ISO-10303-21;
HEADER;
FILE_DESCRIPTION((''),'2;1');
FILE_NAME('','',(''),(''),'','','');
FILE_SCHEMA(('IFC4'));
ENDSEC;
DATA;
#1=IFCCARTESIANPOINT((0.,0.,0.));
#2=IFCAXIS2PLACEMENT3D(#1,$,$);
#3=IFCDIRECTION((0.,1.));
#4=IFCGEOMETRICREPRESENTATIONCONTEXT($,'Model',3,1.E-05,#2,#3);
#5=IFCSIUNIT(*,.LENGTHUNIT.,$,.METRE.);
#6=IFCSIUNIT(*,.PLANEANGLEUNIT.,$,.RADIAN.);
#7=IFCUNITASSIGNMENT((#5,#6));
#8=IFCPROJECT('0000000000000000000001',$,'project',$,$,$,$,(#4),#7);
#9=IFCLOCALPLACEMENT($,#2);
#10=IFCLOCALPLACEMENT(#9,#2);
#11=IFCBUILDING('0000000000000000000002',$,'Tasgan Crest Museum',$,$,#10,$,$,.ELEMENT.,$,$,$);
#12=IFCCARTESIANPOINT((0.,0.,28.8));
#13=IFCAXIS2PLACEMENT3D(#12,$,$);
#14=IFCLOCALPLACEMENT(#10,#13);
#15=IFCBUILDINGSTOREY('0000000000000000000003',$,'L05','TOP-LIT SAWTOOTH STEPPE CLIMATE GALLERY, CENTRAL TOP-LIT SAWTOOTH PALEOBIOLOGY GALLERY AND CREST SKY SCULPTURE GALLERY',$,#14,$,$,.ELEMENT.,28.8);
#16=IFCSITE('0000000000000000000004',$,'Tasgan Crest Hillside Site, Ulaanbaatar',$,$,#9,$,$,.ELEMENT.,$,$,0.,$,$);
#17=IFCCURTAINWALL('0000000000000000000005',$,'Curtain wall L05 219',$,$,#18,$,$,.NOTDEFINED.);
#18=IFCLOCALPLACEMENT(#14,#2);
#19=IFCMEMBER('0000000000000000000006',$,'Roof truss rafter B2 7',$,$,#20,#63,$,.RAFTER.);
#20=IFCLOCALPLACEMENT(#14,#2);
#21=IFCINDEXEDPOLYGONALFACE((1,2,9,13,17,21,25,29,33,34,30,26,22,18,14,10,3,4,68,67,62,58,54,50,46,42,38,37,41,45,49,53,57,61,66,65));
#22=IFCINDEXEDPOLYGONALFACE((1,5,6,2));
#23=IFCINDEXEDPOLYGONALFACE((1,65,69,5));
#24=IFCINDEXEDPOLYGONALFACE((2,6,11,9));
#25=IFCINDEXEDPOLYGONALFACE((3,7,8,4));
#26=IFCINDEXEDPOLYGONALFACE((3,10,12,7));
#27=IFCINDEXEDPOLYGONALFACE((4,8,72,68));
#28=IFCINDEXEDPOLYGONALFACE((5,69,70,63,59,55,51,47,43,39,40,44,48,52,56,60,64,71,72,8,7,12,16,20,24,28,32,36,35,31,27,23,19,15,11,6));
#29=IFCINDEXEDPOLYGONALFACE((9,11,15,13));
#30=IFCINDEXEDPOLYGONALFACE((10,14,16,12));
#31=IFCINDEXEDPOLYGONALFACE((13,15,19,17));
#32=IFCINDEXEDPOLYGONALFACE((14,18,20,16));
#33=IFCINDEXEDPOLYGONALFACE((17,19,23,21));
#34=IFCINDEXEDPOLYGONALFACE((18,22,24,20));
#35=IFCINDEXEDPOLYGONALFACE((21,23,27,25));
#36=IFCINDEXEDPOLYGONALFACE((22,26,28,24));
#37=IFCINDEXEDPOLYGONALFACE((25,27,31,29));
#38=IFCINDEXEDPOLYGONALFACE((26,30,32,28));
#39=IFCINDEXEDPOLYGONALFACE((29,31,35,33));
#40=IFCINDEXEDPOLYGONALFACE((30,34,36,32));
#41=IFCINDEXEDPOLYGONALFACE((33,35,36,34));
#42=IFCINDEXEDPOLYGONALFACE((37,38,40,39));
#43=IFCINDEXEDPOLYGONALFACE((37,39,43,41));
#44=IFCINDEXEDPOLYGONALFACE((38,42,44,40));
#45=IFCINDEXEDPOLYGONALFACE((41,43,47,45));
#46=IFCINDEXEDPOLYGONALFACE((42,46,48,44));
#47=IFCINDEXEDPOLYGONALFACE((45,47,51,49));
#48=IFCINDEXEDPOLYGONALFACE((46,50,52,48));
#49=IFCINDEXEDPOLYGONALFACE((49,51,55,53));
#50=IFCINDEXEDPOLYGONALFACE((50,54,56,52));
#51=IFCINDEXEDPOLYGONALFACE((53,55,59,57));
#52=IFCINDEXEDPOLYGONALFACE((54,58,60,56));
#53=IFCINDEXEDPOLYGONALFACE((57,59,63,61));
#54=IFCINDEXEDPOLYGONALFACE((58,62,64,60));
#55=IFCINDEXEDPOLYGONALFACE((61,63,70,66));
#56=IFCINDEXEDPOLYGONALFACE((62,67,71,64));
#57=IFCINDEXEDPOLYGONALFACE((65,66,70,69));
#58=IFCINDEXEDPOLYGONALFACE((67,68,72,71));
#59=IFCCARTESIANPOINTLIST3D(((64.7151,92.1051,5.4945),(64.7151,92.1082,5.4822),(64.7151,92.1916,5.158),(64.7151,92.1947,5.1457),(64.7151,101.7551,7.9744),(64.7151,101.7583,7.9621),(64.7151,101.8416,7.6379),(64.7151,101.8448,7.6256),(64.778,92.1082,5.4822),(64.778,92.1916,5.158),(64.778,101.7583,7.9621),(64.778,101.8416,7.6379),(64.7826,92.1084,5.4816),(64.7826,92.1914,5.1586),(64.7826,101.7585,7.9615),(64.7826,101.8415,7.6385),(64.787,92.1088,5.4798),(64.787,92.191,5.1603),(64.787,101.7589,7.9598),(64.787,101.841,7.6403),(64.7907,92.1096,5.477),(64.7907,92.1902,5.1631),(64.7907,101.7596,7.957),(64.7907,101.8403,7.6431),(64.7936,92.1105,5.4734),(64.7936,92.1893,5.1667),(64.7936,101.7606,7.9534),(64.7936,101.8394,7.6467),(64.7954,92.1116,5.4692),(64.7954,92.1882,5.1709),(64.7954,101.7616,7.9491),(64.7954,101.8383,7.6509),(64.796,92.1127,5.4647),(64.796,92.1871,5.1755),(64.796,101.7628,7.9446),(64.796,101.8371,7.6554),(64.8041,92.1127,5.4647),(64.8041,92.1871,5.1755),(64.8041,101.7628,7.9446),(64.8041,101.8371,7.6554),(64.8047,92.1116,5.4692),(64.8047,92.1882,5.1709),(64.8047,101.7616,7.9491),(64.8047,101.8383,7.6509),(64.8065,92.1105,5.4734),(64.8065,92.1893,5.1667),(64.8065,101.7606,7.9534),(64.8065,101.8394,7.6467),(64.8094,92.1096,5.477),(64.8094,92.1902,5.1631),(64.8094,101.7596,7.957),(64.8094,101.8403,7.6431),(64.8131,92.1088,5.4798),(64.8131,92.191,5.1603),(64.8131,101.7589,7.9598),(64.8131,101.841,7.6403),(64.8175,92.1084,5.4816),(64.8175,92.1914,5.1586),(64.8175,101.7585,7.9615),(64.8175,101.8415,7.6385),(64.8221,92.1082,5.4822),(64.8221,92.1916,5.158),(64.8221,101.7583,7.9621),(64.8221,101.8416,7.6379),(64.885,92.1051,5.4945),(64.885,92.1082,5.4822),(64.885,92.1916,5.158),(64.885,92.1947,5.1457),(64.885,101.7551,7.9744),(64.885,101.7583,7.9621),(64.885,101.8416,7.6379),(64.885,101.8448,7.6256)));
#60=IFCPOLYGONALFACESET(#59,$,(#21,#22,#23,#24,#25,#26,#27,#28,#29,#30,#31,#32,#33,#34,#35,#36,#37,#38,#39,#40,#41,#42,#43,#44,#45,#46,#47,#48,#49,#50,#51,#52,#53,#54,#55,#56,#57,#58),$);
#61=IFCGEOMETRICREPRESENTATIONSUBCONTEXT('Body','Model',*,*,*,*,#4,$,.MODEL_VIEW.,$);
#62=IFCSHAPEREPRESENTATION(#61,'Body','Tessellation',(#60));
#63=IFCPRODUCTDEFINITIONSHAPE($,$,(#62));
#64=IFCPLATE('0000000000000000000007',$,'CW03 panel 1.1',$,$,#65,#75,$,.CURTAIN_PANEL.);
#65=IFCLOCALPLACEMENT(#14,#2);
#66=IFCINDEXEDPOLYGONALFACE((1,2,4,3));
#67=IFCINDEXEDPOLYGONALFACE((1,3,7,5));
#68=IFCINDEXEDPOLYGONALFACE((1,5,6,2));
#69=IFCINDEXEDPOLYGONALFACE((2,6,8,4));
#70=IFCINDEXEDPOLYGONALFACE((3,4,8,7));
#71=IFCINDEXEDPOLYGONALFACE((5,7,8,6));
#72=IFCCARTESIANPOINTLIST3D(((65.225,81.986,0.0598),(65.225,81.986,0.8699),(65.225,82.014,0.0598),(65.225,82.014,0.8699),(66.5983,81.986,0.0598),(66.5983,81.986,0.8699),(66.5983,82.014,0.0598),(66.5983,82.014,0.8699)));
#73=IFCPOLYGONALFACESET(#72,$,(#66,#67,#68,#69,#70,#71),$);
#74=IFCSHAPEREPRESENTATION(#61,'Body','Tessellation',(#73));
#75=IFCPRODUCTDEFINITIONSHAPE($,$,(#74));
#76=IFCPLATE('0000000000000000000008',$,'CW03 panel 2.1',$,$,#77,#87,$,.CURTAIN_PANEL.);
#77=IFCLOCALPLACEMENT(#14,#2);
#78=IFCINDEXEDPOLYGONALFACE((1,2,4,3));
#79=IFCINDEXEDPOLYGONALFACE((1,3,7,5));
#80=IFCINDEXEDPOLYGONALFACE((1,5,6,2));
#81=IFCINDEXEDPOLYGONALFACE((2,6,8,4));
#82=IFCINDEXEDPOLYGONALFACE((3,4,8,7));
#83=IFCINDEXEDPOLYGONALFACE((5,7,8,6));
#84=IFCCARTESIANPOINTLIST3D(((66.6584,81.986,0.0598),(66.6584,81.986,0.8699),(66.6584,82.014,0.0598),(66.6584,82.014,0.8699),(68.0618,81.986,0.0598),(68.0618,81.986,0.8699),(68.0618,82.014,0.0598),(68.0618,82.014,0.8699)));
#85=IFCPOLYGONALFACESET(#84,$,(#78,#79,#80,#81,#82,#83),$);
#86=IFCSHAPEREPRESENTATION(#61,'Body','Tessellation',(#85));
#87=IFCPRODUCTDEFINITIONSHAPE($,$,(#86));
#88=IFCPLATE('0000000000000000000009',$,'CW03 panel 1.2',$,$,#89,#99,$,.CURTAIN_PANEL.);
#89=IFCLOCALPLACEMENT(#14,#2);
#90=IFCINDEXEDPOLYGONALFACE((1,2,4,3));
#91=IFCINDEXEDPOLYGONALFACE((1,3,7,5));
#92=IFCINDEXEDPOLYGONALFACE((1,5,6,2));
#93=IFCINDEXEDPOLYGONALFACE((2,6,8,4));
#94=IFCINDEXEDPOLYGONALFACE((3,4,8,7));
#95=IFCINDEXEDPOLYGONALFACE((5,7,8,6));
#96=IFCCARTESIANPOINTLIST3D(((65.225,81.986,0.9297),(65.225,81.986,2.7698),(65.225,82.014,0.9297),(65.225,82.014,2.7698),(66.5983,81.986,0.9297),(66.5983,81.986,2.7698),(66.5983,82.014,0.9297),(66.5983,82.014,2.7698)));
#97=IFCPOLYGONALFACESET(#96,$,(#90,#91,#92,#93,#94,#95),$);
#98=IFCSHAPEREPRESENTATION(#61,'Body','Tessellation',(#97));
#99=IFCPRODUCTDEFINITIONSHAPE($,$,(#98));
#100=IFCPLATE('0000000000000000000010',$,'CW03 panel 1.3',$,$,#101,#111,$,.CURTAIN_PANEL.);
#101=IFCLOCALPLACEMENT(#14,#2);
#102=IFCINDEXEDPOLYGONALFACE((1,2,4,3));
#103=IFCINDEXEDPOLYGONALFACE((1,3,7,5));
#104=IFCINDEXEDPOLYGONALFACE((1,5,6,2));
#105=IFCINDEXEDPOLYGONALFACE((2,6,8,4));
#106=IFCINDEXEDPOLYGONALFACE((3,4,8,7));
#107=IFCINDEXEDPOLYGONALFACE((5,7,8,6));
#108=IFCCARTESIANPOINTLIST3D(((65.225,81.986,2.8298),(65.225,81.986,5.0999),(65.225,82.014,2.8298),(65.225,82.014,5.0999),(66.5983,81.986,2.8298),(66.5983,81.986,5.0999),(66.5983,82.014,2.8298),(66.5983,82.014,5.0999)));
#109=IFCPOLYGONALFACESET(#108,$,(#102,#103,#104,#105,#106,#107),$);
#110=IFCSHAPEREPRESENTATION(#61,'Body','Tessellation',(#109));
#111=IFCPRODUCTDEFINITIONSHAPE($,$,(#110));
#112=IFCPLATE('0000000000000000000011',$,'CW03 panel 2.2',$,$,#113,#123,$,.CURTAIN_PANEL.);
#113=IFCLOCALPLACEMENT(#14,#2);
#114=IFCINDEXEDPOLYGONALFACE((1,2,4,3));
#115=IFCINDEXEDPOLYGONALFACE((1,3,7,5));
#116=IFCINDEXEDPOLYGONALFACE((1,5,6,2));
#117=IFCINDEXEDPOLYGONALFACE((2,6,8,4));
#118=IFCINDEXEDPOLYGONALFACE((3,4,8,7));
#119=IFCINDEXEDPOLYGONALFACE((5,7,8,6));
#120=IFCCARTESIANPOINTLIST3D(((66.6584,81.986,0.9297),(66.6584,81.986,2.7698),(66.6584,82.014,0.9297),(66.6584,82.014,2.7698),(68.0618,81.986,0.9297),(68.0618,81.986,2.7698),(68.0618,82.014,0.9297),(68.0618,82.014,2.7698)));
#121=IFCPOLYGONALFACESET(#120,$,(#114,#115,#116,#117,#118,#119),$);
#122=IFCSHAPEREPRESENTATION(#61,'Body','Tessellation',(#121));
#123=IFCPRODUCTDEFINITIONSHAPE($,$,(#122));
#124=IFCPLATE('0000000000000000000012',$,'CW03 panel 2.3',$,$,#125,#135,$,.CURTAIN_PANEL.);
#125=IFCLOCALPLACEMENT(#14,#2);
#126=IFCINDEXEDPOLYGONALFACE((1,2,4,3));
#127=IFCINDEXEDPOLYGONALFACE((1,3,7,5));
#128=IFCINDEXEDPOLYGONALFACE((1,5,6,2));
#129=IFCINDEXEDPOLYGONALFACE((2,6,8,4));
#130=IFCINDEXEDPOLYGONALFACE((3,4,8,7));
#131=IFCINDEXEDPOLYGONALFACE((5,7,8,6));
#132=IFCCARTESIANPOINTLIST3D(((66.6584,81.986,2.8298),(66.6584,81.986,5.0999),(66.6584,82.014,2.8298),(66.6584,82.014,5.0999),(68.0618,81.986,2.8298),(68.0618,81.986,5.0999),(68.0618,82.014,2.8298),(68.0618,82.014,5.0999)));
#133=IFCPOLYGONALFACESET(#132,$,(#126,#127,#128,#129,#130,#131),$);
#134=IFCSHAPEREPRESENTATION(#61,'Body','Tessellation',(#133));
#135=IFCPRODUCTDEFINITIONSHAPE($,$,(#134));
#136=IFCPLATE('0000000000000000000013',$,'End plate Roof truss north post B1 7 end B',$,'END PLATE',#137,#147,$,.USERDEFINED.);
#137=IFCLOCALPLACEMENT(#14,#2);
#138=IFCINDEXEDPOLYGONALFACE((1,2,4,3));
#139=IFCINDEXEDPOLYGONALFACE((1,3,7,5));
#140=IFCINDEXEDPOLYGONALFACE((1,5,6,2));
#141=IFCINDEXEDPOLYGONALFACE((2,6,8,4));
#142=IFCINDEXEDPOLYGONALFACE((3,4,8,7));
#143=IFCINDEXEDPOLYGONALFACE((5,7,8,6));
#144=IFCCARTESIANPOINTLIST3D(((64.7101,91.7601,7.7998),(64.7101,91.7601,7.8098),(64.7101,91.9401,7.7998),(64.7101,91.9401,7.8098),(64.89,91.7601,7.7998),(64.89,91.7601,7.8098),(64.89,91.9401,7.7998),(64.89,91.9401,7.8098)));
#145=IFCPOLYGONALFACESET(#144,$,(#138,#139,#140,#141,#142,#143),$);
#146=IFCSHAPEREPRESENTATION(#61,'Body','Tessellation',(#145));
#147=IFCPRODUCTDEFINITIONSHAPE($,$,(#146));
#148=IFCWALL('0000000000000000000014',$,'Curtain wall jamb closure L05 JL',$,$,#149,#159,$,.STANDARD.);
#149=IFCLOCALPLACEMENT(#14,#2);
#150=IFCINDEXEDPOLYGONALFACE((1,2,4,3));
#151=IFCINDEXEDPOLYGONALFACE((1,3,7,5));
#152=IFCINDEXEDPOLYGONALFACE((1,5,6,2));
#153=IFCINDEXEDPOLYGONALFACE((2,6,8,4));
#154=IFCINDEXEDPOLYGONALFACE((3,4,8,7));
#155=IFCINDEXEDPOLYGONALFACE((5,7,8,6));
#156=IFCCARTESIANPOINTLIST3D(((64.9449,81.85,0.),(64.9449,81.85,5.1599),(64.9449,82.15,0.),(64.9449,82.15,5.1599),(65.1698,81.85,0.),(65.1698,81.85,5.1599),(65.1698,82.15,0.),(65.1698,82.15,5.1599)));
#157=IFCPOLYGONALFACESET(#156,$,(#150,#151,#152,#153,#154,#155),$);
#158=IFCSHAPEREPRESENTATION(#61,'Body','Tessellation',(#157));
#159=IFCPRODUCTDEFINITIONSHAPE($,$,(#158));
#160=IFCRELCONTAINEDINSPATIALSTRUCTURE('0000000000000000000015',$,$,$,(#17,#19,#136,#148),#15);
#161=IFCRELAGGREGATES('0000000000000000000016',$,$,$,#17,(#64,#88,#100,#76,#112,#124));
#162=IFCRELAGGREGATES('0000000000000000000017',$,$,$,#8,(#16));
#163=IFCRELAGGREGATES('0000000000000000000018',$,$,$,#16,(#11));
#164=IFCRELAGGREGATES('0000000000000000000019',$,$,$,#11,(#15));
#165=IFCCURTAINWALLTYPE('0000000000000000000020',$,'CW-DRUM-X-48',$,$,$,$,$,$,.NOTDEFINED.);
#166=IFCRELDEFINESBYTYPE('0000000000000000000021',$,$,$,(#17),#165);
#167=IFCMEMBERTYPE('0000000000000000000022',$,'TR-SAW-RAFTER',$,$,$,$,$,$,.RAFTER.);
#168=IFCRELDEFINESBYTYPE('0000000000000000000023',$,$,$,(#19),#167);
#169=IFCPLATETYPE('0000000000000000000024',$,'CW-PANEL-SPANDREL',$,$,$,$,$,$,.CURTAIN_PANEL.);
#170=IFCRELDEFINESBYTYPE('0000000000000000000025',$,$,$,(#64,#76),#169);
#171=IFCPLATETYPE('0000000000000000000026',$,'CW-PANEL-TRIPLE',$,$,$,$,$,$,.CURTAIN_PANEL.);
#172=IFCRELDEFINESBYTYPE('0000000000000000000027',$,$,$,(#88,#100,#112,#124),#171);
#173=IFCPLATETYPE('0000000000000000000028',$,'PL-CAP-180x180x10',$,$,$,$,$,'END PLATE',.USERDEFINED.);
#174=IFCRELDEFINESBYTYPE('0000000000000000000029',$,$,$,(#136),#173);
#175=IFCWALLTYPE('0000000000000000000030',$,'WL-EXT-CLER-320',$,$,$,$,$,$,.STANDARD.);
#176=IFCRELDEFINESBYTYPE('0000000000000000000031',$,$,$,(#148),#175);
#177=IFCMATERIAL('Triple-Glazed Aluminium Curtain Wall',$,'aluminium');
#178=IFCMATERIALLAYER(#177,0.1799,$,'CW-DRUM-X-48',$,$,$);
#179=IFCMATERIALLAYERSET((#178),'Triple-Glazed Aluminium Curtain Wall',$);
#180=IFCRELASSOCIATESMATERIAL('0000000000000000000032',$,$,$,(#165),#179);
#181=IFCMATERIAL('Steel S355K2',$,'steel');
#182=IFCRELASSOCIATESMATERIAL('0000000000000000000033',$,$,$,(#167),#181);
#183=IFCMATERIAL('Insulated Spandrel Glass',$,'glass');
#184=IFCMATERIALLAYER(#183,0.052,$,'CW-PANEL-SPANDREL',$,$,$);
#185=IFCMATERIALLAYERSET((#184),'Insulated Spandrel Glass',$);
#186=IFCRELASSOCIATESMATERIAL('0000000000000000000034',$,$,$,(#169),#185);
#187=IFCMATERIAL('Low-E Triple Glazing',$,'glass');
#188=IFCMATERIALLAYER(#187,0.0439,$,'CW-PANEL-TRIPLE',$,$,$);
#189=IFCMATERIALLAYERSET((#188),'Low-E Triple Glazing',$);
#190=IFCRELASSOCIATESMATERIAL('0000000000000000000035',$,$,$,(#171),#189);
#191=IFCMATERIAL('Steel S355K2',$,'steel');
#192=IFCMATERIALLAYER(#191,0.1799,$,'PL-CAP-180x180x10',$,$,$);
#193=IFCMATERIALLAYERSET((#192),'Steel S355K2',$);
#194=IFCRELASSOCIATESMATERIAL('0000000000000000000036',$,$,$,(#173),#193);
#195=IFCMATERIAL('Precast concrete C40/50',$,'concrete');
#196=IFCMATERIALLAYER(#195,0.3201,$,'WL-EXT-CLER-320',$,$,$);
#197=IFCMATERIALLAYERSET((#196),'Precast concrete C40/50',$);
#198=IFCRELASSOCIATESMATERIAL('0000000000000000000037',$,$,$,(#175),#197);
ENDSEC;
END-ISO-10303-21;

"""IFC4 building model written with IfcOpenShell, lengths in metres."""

from ifc_helpers import new_model, si_unit, direction, frame, frame_2d, origin, origin_2d, place, context, subcontext, project, spatial, rectangle, i_section, extrude, material, layer, layer_set, material_profile, profile_set, type_object, element, aggregate, save


model = new_model("IFC4")

# Units and contexts
model_context = context("Model", 3, precision=1e-05, world=origin(), true_north=direction((0.0, 1.0)))
body_context = subcontext(model_context, "Body", "Model", "MODEL_VIEW")
ifc_project = project(units=[si_unit("LENGTHUNIT", "METRE"), si_unit("PLANEANGLEUNIT", "RADIAN")], contexts=[model_context])

# Site, building, storey
site_placement = place(None, origin())
site = spatial("IfcSite", under=ifc_project, at=site_placement, Name="Tasgan Crest Hillside Site, Ulaanbaatar", CompositionType="ELEMENT", RefElevation=0.0)
building_placement = place(site_placement, origin())
building = spatial("IfcBuilding", under=site, at=building_placement, Name="Tasgan Crest Museum", CompositionType="ELEMENT")
storey_placement = place(building_placement, frame((0.0, 0.0, 28.8)))
storey = spatial("IfcBuildingStorey", under=building, at=storey_placement, Name="L05", Description="TOP-LIT SAWTOOTH STEPPE CLIMATE GALLERY, CENTRAL TOP-LIT SAWTOOTH PALEOBIOLOGY GALLERY AND CREST SKY SCULPTURE GALLERY", CompositionType="ELEMENT", Elevation=28.8)

# Curtain wall
ifc_material_1 = material(Name="Triple-Glazed Aluminium Curtain Wall", Category="aluminium")
ifc_layer_1 = layer(ifc_material_1, 0.1799, Name="CW-DRUM-X-48")
ifc_layer_set_1 = layer_set([ifc_layer_1], Name="Triple-Glazed Aluminium Curtain Wall")
curtain_wall_type = type_object("IfcCurtainWallType", Name="CW-DRUM-X-48", PredefinedType="NOTDEFINED", material=ifc_layer_set_1)
curtain_wall_placement = place(storey_placement, origin())
curtain_wall = element("IfcCurtainWall", 1, at=curtain_wall_placement, inside=storey, type_object=curtain_wall_type, Name="Curtain wall L05 219", PredefinedType="NOTDEFINED")

# Member
ifc_material_2 = material(Name="Steel S355K2", Category="steel")
ifc_material_profile_1 = material_profile(ifc_material_2, i_section(OverallWidth=0.1699, OverallDepth=0.3601, WebThickness=0.0081, FlangeThickness=0.0127, FilletRadius=0.0181, at=origin_2d()), Name="IPE 360")
ifc_profile_set_1 = profile_set([ifc_material_profile_1], Name="Steel S355K2")
member_type_1 = type_object("IfcMemberType", Name="TR-SAW-RAFTER", PredefinedType="RAFTER", material=ifc_profile_set_1)
member_1_placement = place(storey_placement, frame((64.8, 92.1499, 5.3201), z_axis=(0.0, 0.968529, 0.248901), x_axis=(-1.0, 0.0, 0.0)))
element("IfcMember", 2, at=member_1_placement, inside=storey, type_object=member_type_1, Name="Roof truss rafter B2 7", PredefinedType="RAFTER", context=body_context, shape_type="SweptSolid", body=[
    extrude(i_section(OverallWidth=0.1699, OverallDepth=0.3601, WebThickness=0.0081, FlangeThickness=0.0127, FilletRadius=0.0181, at=origin_2d()), origin(), (0.0, 0.0, 1.0), 9.9636),
])

# Plates
ifc_material_3 = material(Name="Insulated Spandrel Glass", Category="glass")
ifc_layer_2 = layer(ifc_material_3, 0.052, Name="CW-PANEL-SPANDREL")
ifc_layer_set_2 = layer_set([ifc_layer_2], Name="Insulated Spandrel Glass")
plate_type_1 = type_object("IfcPlateType", Name="CW-PANEL-SPANDREL", PredefinedType="CURTAIN_PANEL", material=ifc_layer_set_2)
plate_1_placement = place(storey_placement, frame((65.9116, 82.0, 0.0598), z_axis=(0.0, 0.0, 1.0), x_axis=(1.0, 0.0, 0.0)))
plate_1 = element("IfcPlate", 3, at=plate_1_placement, type_object=plate_type_1, Name="CW03 panel 1.1", PredefinedType="CURTAIN_PANEL", context=body_context, shape_type="SweptSolid", body=[
    extrude(rectangle(XDim=1.3733, YDim=0.0281, at=origin_2d()), origin(), (0.0, 0.0, 1.0), 0.8101),
])
plate_2_placement = place(storey_placement, frame((67.3601, 82.0, 0.0598), z_axis=(0.0, 0.0, 1.0), x_axis=(1.0, 0.0, 0.0)))
plate_2 = element("IfcPlate", 4, at=plate_2_placement, type_object=plate_type_1, Name="CW03 panel 2.1", PredefinedType="CURTAIN_PANEL", context=body_context, shape_type="SweptSolid", body=[
    extrude(rectangle(XDim=1.4033, YDim=0.0281, at=origin_2d()), origin(), (0.0, 0.0, 1.0), 0.8101),
])
ifc_material_4 = material(Name="Low-E Triple Glazing", Category="glass")
ifc_layer_3 = layer(ifc_material_4, 0.0439, Name="CW-PANEL-TRIPLE")
ifc_layer_set_3 = layer_set([ifc_layer_3], Name="Low-E Triple Glazing")
plate_type_2 = type_object("IfcPlateType", Name="CW-PANEL-TRIPLE", PredefinedType="CURTAIN_PANEL", material=ifc_layer_set_3)
plate_3_placement = place(storey_placement, frame((65.9116, 82.0, 0.9297), z_axis=(0.0, 0.0, 1.0), x_axis=(1.0, 0.0, 0.0)))
plate_3 = element("IfcPlate", 5, at=plate_3_placement, type_object=plate_type_2, Name="CW03 panel 1.2", PredefinedType="CURTAIN_PANEL", context=body_context, shape_type="SweptSolid", body=[
    extrude(rectangle(XDim=1.3733, YDim=0.0281, at=origin_2d()), origin(), (0.0, 0.0, 1.0), 1.8401),
])
plate_4_placement = place(storey_placement, frame((65.9116, 82.0, 2.8298), z_axis=(0.0, 0.0, 1.0), x_axis=(1.0, 0.0, 0.0)))
plate_4 = element("IfcPlate", 6, at=plate_4_placement, type_object=plate_type_2, Name="CW03 panel 1.3", PredefinedType="CURTAIN_PANEL", context=body_context, shape_type="SweptSolid", body=[
    extrude(rectangle(XDim=1.3733, YDim=0.0281, at=origin_2d()), origin(), (0.0, 0.0, 1.0), 2.27),
])
plate_5_placement = place(storey_placement, frame((67.3601, 82.0, 0.9297), z_axis=(0.0, 0.0, 1.0), x_axis=(1.0, 0.0, 0.0)))
plate_5 = element("IfcPlate", 7, at=plate_5_placement, type_object=plate_type_2, Name="CW03 panel 2.2", PredefinedType="CURTAIN_PANEL", context=body_context, shape_type="SweptSolid", body=[
    extrude(rectangle(XDim=1.4033, YDim=0.0281, at=origin_2d()), origin(), (0.0, 0.0, 1.0), 1.8401),
])
plate_6_placement = place(storey_placement, frame((67.3601, 82.0, 2.8298), z_axis=(0.0, 0.0, 1.0), x_axis=(1.0, 0.0, 0.0)))
plate_6 = element("IfcPlate", 8, at=plate_6_placement, type_object=plate_type_2, Name="CW03 panel 2.3", PredefinedType="CURTAIN_PANEL", context=body_context, shape_type="SweptSolid", body=[
    extrude(rectangle(XDim=1.4033, YDim=0.0281, at=origin_2d()), origin(), (0.0, 0.0, 1.0), 2.27),
])
aggregate(curtain_wall, [plate_1, plate_3, plate_4, plate_2, plate_5, plate_6])
ifc_material_5 = material(Name="Steel S355K2", Category="steel")
ifc_layer_4 = layer(ifc_material_5, 0.1799, Name="PL-CAP-180x180x10")
ifc_layer_set_4 = layer_set([ifc_layer_4], Name="Steel S355K2")
plate_type_3 = type_object("IfcPlateType", Name="PL-CAP-180x180x10", ElementType="END PLATE", PredefinedType="USERDEFINED", material=ifc_layer_set_4)
plate_7_placement = place(storey_placement, frame((64.8, 91.8501, 7.7998), z_axis=(0.0, 0.0, 1.0), x_axis=(1.0, 0.0, 0.0)))
element("IfcPlate", 9, at=plate_7_placement, inside=storey, type_object=plate_type_3, Name="End plate Roof truss north post B1 7 end B", ObjectType="END PLATE", PredefinedType="USERDEFINED", context=body_context, shape_type="SweptSolid", body=[
    extrude(rectangle(XDim=0.1799, YDim=0.1799, at=origin_2d()), origin(), (0.0, 0.0, 1.0), 0.01),
])

# Wall
ifc_material_6 = material(Name="Precast concrete C40/50", Category="concrete")
ifc_layer_5 = layer(ifc_material_6, 0.3201, Name="WL-EXT-CLER-320")
ifc_layer_set_5 = layer_set([ifc_layer_5], Name="Precast concrete C40/50")
wall_type_1 = type_object("IfcWallType", Name="WL-EXT-CLER-320", PredefinedType="STANDARD", material=ifc_layer_set_5)
wall_1_placement = place(storey_placement, frame((64.9451, 82.0, 0.0), z_axis=(0.0, 0.0, 1.0), x_axis=(1.0, 0.0, 0.0)))
element("IfcWall", 10, at=wall_1_placement, inside=storey, type_object=wall_type_1, Name="Curtain wall jamb closure L05 JL", PredefinedType="STANDARD", context=body_context, shape_type="SweptSolid", body=[
    extrude(rectangle(XDim=0.2249, YDim=0.3, at=frame_2d((0.1123, 0.0))), origin(), (0.0, 0.0, 1.0), 5.1599),
])

save(model, "model.ifc")
